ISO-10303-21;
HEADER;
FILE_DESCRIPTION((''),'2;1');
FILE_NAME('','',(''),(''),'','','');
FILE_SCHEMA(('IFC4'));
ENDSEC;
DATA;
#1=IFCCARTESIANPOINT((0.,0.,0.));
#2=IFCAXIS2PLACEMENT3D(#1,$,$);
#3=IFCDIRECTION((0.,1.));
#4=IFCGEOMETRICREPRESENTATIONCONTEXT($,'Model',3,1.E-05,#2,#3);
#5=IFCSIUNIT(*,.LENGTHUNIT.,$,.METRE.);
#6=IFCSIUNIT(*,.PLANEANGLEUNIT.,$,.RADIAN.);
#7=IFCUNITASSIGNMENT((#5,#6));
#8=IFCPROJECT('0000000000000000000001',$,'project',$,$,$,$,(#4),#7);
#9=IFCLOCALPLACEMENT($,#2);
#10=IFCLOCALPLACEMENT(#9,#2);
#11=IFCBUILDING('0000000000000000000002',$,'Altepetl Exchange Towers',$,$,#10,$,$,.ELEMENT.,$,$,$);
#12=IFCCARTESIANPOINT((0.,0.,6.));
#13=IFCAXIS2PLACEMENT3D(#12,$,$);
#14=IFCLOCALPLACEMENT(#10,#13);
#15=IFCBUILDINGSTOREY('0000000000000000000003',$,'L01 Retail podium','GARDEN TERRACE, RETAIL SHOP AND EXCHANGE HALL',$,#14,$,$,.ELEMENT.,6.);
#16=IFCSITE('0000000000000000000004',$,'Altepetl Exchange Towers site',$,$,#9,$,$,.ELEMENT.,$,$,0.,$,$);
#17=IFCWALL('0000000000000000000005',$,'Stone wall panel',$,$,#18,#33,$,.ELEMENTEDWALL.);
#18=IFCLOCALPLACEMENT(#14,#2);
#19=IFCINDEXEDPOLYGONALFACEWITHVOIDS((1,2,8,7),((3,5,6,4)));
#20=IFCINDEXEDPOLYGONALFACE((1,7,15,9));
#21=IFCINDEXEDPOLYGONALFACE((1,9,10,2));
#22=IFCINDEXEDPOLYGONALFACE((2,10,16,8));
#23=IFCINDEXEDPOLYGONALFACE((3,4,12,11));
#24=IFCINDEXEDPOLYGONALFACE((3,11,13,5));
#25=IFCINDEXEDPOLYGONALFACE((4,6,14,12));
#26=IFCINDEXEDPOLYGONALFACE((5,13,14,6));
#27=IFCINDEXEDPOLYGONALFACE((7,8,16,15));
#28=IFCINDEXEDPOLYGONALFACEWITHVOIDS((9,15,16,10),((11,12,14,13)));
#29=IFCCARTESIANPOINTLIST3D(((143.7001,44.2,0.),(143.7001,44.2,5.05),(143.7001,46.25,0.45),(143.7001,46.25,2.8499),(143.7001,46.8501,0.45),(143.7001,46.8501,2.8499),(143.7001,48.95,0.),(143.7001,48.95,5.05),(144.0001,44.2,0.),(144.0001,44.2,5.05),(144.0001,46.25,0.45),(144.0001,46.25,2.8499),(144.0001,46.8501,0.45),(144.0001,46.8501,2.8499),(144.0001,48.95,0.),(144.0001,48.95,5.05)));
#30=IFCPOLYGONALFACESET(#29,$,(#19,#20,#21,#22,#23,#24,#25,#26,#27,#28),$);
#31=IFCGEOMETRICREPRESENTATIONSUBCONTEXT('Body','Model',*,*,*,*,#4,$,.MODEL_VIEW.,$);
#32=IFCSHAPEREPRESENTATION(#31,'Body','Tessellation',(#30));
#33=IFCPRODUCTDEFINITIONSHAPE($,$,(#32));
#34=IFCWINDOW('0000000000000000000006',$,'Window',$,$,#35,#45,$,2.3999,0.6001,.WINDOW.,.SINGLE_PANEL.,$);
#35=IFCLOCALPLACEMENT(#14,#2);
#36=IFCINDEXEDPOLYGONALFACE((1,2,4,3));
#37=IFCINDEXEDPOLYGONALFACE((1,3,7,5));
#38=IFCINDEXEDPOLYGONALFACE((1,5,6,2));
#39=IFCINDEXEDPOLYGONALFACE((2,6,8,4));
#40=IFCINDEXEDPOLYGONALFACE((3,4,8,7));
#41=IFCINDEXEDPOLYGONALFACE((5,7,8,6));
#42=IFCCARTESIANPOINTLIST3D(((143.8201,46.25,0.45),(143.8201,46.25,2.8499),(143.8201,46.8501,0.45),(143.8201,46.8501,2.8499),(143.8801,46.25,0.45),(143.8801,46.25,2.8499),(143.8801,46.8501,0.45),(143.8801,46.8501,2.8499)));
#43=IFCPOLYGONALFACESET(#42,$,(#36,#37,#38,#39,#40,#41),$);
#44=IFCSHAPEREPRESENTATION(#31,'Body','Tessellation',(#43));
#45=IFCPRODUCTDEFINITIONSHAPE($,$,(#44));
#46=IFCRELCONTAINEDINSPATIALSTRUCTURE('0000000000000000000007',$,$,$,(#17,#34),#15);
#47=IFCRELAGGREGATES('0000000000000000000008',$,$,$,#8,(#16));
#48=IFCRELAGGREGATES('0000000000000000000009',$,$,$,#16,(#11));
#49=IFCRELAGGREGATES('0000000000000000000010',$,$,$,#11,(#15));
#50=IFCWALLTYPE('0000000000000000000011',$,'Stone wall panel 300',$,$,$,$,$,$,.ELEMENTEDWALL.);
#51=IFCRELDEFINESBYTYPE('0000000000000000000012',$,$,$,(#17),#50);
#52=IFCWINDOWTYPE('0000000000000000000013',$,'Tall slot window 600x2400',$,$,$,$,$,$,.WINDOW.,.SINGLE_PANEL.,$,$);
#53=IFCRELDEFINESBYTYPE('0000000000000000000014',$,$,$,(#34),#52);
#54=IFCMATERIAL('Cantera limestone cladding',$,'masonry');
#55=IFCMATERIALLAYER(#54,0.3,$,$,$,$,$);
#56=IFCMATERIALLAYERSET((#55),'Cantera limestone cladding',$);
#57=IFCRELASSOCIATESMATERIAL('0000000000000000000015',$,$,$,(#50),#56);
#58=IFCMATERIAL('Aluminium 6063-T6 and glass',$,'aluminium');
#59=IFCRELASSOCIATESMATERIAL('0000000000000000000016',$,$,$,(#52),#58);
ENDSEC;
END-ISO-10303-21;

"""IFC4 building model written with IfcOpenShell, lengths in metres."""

from ifc_helpers import new_model, si_unit, direction, frame, frame_2d, origin, place, context, subcontext, project, spatial, rectangle, extrude, material, layer, layer_set, type_object, element, fill, save


model = new_model("IFC4")

# Units and contexts
model_context = context("Model", 3, precision=1e-05, world=origin(), true_north=direction((0.0, 1.0)))
body_context = subcontext(model_context, "Body", "Model", "MODEL_VIEW")
ifc_project = project(units=[si_unit("LENGTHUNIT", "METRE"), si_unit("PLANEANGLEUNIT", "RADIAN")], contexts=[model_context])

# Site, building, storey
site_placement = place(None, origin())
site = spatial("IfcSite", under=ifc_project, at=site_placement, Name="Altepetl Exchange Towers site", CompositionType="ELEMENT", RefElevation=0.0)
building_placement = place(site_placement, origin())
building = spatial("IfcBuilding", under=site, at=building_placement, Name="Altepetl Exchange Towers", CompositionType="ELEMENT")
storey_placement = place(building_placement, frame((0.0, 0.0, 6.0)))
storey = spatial("IfcBuildingStorey", under=building, at=storey_placement, Name="L01 Retail podium", Description="GARDEN TERRACE, RETAIL SHOP AND EXCHANGE HALL", CompositionType="ELEMENT", Elevation=6.0)

# Shared definitions
ifc_material_1 = material(Name="Aluminium 6063-T6 and glass", Category="aluminium")

# Wall, opening, window
ifc_material_2 = material(Name="Cantera limestone cladding", Category="masonry")
ifc_layer_1 = layer(ifc_material_2, 0.3)
ifc_layer_set_1 = layer_set([ifc_layer_1], Name="Cantera limestone cladding")
wall_type_1 = type_object("IfcWallType", Name="Stone wall panel 300", PredefinedType="ELEMENTEDWALL", material=ifc_layer_set_1)
window_type = type_object("IfcWindowType", Name="Tall slot window 600x2400", PartitioningType="SINGLE_PANEL", PredefinedType="WINDOW", material=ifc_material_1)
wall_1_placement = place(storey_placement, frame((143.8501, 44.2, 0.0), z_axis=(0.0, 0.0, 1.0), x_axis=(0.0, 1.0, 0.0)))
wall_1 = element("IfcWall", 1, at=wall_1_placement, inside=storey, type_object=wall_type_1, Name="Stone wall panel", PredefinedType="ELEMENTEDWALL", context=body_context, shape_type="SweptSolid", body=[
    extrude(rectangle(XDim=4.75, YDim=0.3, at=frame_2d((2.375, 0.0))), origin(), (0.0, 0.0, 1.0), 5.05),
])
opening_1_placement = place(wall_1_placement, frame((2.05, 0.0, 0.45)))
opening_1 = element("IfcOpeningElement", 2, at=opening_1_placement, cuts=wall_1, PredefinedType="OPENING", context=body_context, shape_type="SweptSolid", body=[
    extrude(rectangle(XDim=0.6001, YDim=2.3999, at=frame_2d((0.3, 1.2))), frame((0.0, 0.1602, 0.0), z_axis=(0.0, -1.0, 0.0), x_axis=(1.0, 0.0, 0.0)), (0.0, 0.0, 1.0), 0.3201),
])
window_1_placement = place(opening_1_placement, origin())
window_1 = element("IfcWindow", 3, at=window_1_placement, inside=storey, type_object=window_type, Name="Window", OverallHeight=2.3999, OverallWidth=0.6001, PartitioningType="SINGLE_PANEL", PredefinedType="WINDOW", context=body_context, shape_type="SweptSolid", body=[
    extrude(rectangle(XDim=0.6001, YDim=2.3999, at=frame_2d((0.3, 1.2))), frame((0.0, 0.03, 0.0), z_axis=(0.0, -1.0, 0.0), x_axis=(1.0, 0.0, 0.0)), (0.0, 0.0, 1.0), 0.0601),
])
fill(opening_1, window_1)

save(model, "model.ifc")
